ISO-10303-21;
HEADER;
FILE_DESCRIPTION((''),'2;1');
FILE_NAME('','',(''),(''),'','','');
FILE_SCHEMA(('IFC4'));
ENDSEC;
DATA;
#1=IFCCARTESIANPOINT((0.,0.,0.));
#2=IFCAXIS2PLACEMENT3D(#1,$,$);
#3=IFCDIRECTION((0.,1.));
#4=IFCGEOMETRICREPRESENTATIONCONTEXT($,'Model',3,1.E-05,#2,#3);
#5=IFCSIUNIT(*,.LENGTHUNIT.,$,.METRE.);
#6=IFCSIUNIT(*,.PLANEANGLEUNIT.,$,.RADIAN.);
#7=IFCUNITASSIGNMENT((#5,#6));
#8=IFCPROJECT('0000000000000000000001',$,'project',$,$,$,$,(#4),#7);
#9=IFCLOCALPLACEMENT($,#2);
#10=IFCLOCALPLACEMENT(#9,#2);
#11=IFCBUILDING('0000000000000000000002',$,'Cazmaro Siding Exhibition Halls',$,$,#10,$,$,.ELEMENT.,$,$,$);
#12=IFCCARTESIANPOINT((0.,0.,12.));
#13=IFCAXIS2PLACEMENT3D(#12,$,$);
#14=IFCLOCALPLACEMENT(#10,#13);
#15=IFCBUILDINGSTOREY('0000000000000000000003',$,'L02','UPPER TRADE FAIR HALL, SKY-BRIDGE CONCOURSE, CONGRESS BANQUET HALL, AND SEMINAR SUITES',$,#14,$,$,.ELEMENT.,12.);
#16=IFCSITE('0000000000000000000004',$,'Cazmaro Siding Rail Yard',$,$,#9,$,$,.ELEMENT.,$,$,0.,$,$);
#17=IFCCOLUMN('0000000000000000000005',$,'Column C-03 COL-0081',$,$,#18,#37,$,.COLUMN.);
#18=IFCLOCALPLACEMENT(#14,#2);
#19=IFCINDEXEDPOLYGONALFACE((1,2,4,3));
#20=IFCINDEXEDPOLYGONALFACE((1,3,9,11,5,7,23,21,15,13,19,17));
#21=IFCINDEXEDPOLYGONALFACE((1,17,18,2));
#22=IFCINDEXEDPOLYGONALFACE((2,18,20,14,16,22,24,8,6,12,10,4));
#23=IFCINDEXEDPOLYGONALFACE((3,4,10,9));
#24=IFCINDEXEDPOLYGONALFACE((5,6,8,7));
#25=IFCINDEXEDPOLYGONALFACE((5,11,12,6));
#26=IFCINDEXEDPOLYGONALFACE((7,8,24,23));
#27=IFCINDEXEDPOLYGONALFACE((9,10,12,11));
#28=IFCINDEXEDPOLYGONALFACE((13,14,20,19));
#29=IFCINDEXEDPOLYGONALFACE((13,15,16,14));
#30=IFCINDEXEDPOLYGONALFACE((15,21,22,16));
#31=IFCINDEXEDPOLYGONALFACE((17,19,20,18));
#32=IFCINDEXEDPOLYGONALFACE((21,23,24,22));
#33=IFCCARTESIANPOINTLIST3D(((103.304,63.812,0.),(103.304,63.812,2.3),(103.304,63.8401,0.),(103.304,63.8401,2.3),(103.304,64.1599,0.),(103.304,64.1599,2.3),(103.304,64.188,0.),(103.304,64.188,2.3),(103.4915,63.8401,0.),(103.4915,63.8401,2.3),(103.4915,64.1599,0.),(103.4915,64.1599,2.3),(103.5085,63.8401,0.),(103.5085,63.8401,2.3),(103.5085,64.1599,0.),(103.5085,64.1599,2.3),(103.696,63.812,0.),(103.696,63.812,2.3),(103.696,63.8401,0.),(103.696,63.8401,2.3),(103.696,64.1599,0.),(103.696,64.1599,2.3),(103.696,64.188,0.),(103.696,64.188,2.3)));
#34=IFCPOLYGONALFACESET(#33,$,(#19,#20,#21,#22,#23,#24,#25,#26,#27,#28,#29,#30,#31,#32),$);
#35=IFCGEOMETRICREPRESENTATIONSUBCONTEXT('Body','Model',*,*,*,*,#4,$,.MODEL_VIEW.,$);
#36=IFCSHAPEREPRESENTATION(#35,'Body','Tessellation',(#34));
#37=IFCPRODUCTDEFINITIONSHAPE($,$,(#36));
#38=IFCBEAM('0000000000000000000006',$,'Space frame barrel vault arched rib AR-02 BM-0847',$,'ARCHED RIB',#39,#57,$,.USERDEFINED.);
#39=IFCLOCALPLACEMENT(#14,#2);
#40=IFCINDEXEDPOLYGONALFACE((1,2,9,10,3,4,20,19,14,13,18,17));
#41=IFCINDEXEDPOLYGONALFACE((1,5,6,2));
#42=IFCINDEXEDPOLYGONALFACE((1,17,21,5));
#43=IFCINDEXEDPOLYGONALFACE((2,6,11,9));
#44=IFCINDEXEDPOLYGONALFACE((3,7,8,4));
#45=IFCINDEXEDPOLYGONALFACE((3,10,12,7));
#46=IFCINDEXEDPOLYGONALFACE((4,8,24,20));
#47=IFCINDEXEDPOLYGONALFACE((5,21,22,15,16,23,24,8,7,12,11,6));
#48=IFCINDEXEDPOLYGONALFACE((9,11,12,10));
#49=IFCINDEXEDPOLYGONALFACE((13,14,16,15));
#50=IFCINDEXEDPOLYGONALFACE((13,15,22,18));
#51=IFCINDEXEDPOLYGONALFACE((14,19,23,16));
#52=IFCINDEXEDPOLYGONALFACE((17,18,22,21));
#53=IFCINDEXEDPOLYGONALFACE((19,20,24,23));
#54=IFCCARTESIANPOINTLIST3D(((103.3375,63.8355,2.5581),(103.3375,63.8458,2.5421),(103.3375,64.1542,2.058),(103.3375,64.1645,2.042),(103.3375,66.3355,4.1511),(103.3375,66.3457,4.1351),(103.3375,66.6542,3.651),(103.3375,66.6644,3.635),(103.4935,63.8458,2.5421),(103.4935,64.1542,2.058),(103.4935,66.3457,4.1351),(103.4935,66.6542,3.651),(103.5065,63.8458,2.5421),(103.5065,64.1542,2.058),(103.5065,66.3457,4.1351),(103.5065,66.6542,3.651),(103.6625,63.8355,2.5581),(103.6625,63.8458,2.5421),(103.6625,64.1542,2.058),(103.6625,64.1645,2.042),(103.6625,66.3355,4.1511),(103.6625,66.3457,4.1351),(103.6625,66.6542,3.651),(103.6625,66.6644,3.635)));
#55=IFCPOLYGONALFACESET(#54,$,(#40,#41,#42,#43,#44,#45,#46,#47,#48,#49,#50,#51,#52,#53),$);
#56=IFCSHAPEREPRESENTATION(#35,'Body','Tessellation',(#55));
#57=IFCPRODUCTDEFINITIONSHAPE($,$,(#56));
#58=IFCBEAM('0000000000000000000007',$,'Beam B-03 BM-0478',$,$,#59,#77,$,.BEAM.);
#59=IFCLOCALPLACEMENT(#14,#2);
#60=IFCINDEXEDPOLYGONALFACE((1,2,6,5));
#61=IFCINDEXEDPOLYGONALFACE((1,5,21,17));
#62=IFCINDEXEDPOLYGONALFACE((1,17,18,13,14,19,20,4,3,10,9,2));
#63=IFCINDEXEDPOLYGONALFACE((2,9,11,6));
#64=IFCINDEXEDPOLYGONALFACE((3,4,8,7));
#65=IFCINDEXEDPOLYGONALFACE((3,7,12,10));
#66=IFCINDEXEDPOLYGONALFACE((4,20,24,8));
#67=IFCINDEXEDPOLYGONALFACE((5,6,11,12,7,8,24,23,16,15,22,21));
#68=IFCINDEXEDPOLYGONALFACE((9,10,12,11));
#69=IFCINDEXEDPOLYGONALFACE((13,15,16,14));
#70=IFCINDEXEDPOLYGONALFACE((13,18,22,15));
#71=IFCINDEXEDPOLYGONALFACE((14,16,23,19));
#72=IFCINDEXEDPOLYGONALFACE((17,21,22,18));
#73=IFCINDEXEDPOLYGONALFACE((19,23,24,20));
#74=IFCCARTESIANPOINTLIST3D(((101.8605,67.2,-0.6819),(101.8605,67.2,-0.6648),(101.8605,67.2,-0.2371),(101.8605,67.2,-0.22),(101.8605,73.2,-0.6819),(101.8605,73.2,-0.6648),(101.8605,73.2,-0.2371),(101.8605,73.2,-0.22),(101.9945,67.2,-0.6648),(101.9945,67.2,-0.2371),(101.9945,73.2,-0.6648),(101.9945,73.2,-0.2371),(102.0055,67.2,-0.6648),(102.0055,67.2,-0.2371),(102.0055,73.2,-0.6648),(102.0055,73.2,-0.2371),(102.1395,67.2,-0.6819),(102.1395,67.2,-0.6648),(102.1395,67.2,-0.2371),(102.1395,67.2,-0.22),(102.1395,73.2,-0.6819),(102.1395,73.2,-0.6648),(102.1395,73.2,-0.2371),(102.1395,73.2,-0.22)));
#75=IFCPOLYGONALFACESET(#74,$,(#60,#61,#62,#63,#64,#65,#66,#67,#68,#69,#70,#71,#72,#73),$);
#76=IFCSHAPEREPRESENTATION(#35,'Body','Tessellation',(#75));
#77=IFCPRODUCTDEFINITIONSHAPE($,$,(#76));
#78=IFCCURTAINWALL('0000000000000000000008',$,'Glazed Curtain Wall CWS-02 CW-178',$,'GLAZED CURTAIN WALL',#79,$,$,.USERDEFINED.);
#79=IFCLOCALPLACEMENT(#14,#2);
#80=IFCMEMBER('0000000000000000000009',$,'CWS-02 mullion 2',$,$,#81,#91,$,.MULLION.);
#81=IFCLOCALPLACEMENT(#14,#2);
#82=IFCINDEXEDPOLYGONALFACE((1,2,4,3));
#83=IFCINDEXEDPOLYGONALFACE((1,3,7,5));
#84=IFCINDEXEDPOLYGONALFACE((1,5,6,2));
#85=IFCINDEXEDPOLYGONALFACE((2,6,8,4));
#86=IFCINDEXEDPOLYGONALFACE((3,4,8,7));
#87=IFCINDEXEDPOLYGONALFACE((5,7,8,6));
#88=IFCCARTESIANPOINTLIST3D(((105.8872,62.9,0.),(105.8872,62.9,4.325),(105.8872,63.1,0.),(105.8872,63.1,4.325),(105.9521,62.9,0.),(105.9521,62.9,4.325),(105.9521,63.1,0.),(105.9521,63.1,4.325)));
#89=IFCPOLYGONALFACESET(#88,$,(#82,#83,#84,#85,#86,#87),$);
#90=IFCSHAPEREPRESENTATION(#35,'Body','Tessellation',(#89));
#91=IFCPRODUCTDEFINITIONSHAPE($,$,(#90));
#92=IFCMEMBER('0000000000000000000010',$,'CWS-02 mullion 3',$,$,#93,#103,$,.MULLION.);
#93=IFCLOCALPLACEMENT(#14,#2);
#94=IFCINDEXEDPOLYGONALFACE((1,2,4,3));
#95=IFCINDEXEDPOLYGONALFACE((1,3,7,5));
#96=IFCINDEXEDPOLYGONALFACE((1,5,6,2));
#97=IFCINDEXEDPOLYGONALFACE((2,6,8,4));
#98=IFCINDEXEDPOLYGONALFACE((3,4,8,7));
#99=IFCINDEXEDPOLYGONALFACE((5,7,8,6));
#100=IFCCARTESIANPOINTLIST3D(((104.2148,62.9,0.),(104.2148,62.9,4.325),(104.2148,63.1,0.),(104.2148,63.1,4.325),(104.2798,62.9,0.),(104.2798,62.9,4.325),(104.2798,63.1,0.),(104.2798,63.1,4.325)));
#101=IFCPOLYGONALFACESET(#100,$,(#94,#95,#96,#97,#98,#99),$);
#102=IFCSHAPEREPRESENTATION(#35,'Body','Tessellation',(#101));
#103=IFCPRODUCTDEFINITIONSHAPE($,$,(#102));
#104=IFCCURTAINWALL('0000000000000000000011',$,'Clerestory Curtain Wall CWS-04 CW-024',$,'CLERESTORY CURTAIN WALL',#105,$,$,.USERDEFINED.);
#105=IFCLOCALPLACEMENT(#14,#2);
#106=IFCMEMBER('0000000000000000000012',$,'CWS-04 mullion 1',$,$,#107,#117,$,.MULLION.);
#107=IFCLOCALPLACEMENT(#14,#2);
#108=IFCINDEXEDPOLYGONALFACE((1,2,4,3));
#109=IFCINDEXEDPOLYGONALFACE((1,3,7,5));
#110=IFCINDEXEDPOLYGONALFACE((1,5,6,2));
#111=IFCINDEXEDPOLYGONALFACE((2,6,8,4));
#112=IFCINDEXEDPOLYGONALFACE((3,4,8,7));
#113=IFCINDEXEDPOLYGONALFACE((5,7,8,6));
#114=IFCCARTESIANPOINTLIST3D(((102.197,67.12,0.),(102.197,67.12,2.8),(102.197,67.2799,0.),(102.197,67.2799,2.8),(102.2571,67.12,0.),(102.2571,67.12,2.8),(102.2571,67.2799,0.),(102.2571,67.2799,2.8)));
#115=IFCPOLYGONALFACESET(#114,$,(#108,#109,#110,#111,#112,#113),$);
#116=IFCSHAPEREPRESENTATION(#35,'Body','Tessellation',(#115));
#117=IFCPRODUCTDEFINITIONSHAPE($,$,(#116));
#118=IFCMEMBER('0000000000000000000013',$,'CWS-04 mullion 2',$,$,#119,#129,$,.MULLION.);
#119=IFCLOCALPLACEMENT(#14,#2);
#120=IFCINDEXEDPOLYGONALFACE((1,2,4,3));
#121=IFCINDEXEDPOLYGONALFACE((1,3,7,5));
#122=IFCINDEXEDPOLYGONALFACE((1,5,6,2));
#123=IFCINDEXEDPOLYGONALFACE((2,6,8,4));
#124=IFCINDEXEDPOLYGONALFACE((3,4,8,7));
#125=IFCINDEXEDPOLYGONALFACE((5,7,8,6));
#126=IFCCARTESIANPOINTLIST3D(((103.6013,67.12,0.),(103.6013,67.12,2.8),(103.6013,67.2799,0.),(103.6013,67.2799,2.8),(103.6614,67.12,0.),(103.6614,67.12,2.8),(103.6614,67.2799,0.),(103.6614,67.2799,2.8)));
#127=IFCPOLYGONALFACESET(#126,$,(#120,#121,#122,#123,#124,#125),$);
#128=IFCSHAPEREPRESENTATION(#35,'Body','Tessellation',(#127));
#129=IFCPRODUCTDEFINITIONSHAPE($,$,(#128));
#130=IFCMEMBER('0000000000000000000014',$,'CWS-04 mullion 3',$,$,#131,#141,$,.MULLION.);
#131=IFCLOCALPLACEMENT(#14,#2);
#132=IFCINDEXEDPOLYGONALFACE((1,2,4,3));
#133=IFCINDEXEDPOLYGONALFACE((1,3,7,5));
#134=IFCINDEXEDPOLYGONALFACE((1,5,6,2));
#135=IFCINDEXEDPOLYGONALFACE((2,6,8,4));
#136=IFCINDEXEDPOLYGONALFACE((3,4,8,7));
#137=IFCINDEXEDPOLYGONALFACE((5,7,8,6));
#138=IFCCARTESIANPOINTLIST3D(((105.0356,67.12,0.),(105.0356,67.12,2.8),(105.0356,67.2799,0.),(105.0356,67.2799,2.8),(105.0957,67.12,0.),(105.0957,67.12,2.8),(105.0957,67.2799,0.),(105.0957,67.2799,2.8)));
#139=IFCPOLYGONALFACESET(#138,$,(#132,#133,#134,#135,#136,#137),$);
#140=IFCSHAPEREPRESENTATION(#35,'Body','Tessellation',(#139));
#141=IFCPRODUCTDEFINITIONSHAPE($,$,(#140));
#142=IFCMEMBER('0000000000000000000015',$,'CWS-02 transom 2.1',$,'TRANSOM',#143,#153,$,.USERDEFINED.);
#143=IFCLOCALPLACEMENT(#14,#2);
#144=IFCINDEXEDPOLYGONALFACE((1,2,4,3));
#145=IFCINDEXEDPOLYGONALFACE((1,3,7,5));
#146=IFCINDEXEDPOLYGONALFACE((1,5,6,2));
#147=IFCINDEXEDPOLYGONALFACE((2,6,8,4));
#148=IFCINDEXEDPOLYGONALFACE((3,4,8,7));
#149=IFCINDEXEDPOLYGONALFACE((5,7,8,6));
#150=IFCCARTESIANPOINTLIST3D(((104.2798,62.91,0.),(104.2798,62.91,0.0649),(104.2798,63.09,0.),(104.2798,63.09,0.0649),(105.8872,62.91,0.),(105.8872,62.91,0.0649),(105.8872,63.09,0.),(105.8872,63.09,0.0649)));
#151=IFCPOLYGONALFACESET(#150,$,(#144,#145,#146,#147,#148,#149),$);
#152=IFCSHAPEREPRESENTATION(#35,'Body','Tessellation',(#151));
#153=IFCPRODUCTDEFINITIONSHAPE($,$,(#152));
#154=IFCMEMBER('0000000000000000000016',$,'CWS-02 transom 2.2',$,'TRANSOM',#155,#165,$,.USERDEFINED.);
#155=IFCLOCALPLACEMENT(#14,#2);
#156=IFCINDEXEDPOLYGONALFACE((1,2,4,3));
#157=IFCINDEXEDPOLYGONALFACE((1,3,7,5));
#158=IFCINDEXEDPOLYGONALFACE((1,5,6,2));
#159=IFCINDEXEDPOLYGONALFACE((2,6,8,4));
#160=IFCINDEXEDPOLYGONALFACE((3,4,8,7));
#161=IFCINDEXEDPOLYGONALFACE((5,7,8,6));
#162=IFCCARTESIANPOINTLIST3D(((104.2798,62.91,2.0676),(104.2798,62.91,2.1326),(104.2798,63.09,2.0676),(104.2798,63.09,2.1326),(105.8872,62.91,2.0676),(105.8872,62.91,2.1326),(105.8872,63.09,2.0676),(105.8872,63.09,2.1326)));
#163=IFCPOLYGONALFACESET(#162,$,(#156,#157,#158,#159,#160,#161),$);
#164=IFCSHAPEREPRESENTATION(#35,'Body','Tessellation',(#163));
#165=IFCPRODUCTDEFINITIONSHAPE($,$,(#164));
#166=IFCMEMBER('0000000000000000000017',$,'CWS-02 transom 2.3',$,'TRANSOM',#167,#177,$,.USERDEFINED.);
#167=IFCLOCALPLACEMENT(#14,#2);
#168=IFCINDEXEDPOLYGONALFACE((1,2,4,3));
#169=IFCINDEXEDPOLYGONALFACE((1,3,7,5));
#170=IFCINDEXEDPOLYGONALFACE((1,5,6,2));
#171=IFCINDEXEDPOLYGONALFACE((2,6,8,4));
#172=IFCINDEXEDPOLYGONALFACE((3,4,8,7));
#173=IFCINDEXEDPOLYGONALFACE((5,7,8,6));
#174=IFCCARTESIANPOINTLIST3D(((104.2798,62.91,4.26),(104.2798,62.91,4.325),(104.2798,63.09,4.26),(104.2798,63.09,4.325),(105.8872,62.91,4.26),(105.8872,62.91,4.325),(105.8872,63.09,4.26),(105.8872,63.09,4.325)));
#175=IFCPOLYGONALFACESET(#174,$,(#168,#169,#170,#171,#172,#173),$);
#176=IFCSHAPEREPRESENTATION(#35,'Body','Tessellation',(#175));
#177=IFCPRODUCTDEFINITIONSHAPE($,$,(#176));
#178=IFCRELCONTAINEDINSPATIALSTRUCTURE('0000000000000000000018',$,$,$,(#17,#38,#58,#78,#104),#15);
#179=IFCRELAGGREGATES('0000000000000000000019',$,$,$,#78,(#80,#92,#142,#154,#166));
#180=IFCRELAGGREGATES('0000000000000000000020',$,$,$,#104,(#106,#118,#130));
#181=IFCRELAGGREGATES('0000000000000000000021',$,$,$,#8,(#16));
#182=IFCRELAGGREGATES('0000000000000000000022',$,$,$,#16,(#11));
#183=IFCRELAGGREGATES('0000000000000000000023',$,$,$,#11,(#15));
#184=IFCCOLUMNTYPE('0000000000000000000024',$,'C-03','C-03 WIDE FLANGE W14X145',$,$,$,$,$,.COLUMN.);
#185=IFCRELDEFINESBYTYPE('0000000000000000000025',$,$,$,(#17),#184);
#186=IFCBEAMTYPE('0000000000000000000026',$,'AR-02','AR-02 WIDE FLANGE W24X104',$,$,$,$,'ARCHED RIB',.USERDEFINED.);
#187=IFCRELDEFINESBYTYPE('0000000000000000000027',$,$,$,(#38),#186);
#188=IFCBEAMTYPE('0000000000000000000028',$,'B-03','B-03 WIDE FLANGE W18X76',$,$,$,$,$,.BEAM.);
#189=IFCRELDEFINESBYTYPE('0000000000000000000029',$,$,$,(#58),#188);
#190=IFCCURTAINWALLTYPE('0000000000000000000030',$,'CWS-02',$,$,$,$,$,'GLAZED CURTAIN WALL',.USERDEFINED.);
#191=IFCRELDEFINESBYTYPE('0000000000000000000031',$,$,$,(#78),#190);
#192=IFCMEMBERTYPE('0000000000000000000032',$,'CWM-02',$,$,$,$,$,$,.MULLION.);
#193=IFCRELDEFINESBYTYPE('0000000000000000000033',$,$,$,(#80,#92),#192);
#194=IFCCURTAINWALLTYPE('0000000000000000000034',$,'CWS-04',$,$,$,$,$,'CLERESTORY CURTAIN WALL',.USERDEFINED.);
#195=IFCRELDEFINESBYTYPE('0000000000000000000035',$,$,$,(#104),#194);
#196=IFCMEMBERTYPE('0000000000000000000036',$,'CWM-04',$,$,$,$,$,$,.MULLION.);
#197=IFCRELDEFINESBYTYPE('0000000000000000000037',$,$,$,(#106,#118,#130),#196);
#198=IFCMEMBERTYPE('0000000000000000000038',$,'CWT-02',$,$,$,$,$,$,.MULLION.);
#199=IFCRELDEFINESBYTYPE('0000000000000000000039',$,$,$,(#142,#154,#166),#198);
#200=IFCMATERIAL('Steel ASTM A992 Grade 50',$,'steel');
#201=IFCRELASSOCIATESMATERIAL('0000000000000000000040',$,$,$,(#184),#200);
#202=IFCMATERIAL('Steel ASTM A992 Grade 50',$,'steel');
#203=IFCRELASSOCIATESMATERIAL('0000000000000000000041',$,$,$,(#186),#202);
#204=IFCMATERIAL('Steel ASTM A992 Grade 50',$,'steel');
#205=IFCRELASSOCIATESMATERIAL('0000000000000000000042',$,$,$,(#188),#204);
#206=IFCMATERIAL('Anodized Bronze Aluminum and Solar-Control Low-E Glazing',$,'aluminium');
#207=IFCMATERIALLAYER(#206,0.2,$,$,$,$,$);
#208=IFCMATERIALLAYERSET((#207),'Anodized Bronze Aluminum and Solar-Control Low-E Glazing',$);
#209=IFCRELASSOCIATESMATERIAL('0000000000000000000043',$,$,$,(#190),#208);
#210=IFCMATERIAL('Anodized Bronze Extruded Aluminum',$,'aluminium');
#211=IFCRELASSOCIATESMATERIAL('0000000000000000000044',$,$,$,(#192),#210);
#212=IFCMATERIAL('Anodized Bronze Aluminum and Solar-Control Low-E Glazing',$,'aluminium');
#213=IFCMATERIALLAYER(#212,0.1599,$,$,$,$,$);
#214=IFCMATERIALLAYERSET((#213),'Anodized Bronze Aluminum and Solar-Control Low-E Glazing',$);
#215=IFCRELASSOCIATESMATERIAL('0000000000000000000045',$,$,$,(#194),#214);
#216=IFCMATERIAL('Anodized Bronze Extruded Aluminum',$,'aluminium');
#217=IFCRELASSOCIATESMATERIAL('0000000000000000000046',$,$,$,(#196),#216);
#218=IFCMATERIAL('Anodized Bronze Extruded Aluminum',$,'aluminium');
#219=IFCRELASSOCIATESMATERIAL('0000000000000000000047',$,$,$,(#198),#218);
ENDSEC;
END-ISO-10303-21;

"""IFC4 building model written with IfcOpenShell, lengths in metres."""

from ifc_helpers import new_model, si_unit, direction, frame, origin, origin_2d, place, context, subcontext, project, spatial, rectangle, i_section, extrude, material, layer, layer_set, material_profile, profile_set, type_object, element, aggregate, save


model = new_model("IFC4")

# Units and contexts
model_context = context("Model", 3, precision=1e-05, world=origin(), true_north=direction((0.0, 1.0)))
body_context = subcontext(model_context, "Body", "Model", "MODEL_VIEW")
ifc_project = project(units=[si_unit("LENGTHUNIT", "METRE"), si_unit("PLANEANGLEUNIT", "RADIAN")], contexts=[model_context])

# Site, building, storey
site_placement = place(None, origin())
site = spatial("IfcSite", under=ifc_project, at=site_placement, Name="Cazmaro Siding Rail Yard", CompositionType="ELEMENT", RefElevation=0.0)
building_placement = place(site_placement, origin())
building = spatial("IfcBuilding", under=site, at=building_placement, Name="Cazmaro Siding Exhibition Halls", CompositionType="ELEMENT")
storey_placement = place(building_placement, frame((0.0, 0.0, 12.0)))
storey = spatial("IfcBuildingStorey", under=building, at=storey_placement, Name="L02", Description="UPPER TRADE FAIR HALL, SKY-BRIDGE CONCOURSE, CONGRESS BANQUET HALL, AND SEMINAR SUITES", CompositionType="ELEMENT", Elevation=12.0)

# Column
ifc_material_1 = material(Name="Steel ASTM A992 Grade 50", Category="steel")
ifc_material_profile_1 = material_profile(ifc_material_1, i_section(OverallWidth=0.3921, OverallDepth=0.376, WebThickness=0.0171, FlangeThickness=0.0281, at=origin_2d()), Name="W14X145")
ifc_profile_set_1 = profile_set([ifc_material_profile_1], Name="Steel ASTM A992 Grade 50")
column_type = type_object("IfcColumnType", Name="C-03", Description="C-03 WIDE FLANGE W14X145", PredefinedType="COLUMN", material=ifc_profile_set_1)
column_placement = place(storey_placement, frame((103.5, 64.0, 0.0), z_axis=(0.0, 0.0, 1.0), x_axis=(1.0, 0.0, 0.0)))
element("IfcColumn", 1, at=column_placement, inside=storey, type_object=column_type, Name="Column C-03 COL-0081", PredefinedType="COLUMN", context=body_context, shape_type="SweptSolid", body=[
    extrude(i_section(OverallWidth=0.3921, OverallDepth=0.376, WebThickness=0.0171, FlangeThickness=0.0281, at=origin_2d()), origin(), (0.0, 0.0, 1.0), 2.3),
])

# Beams
ifc_material_2 = material(Name="Steel ASTM A992 Grade 50", Category="steel")
ifc_material_profile_2 = material_profile(ifc_material_2, i_section(OverallWidth=0.325, OverallDepth=0.6121, WebThickness=0.0129, FlangeThickness=0.019, at=origin_2d()), Name="W24X104")
ifc_profile_set_2 = profile_set([ifc_material_profile_2], Name="Steel ASTM A992 Grade 50")
beam_type_1 = type_object("IfcBeamType", Name="AR-02", Description="AR-02 WIDE FLANGE W24X104", ElementType="ARCHED RIB", PredefinedType="USERDEFINED", material=ifc_profile_set_2)
beam_1_placement = place(storey_placement, frame((103.5, 64.0, 2.3), z_axis=(0.0, 0.843339, 0.537382), x_axis=(-1.0, 0.0, 0.0)))
element("IfcBeam", 2, at=beam_1_placement, inside=storey, type_object=beam_type_1, Name="Space frame barrel vault arched rib AR-02 BM-0847", ObjectType="ARCHED RIB", PredefinedType="USERDEFINED", context=body_context, shape_type="SweptSolid", body=[
    extrude(i_section(OverallWidth=0.325, OverallDepth=0.6121, WebThickness=0.0129, FlangeThickness=0.019, at=origin_2d()), origin(), (0.0, 0.0, 1.0), 2.9644),
])
ifc_material_3 = material(Name="Steel ASTM A992 Grade 50", Category="steel")
ifc_material_profile_3 = material_profile(ifc_material_3, i_section(OverallWidth=0.2791, OverallDepth=0.4619, WebThickness=0.011, FlangeThickness=0.0171, at=origin_2d()), Name="W18X76")
ifc_profile_set_3 = profile_set([ifc_material_profile_3], Name="Steel ASTM A992 Grade 50")
beam_type_2 = type_object("IfcBeamType", Name="B-03", Description="B-03 WIDE FLANGE W18X76", PredefinedType="BEAM", material=ifc_profile_set_3)
beam_2_placement = place(storey_placement, frame((102.0, 67.2, -0.4509), z_axis=(0.0, 1.0, 0.0), x_axis=(-1.0, 0.0, 0.0)))
element("IfcBeam", 3, at=beam_2_placement, inside=storey, type_object=beam_type_2, Name="Beam B-03 BM-0478", PredefinedType="BEAM", context=body_context, shape_type="SweptSolid", body=[
    extrude(i_section(OverallWidth=0.2791, OverallDepth=0.4619, WebThickness=0.011, FlangeThickness=0.0171, at=origin_2d()), origin(), (0.0, 0.0, 1.0), 6.0),
])

# Curtain walls, members
ifc_material_4 = material(Name="Anodized Bronze Aluminum and Solar-Control Low-E Glazing", Category="aluminium")
ifc_layer_1 = layer(ifc_material_4, 0.2)
ifc_layer_set_1 = layer_set([ifc_layer_1], Name="Anodized Bronze Aluminum and Solar-Control Low-E Glazing")
curtain_wall_type_1 = type_object("IfcCurtainWallType", Name="CWS-02", ElementType="GLAZED CURTAIN WALL", PredefinedType="USERDEFINED", material=ifc_layer_set_1)
curtain_wall_1_placement = place(storey_placement, origin())
curtain_wall_1 = element("IfcCurtainWall", 4, at=curtain_wall_1_placement, inside=storey, type_object=curtain_wall_type_1, Name="Glazed Curtain Wall CWS-02 CW-178", ObjectType="GLAZED CURTAIN WALL", PredefinedType="USERDEFINED")
ifc_material_5 = material(Name="Anodized Bronze Extruded Aluminum", Category="aluminium")
ifc_material_profile_4 = material_profile(ifc_material_5, rectangle(XDim=0.2, YDim=0.0649, at=origin_2d()), Name="CWM-02")
ifc_profile_set_4 = profile_set([ifc_material_profile_4], Name="Anodized Bronze Extruded Aluminum")
member_type_1 = type_object("IfcMemberType", Name="CWM-02", PredefinedType="MULLION", material=ifc_profile_set_4)
member_1_placement = place(storey_placement, frame((105.9197, 63.0, 0.0), z_axis=(0.0, 0.0, 1.0), x_axis=(0.0, -1.0, 0.0)))
member_1 = element("IfcMember", 5, at=member_1_placement, type_object=member_type_1, Name="CWS-02 mullion 2", PredefinedType="MULLION", context=body_context, shape_type="SweptSolid", body=[
    extrude(rectangle(XDim=0.2, YDim=0.0649, at=origin_2d()), origin(), (0.0, 0.0, 1.0), 4.325),
])
member_2_placement = place(storey_placement, frame((104.2473, 63.0, 0.0), z_axis=(0.0, 0.0, 1.0), x_axis=(0.0, -1.0, 0.0)))
member_2 = element("IfcMember", 6, at=member_2_placement, type_object=member_type_1, Name="CWS-02 mullion 3", PredefinedType="MULLION", context=body_context, shape_type="SweptSolid", body=[
    extrude(rectangle(XDim=0.2, YDim=0.0649, at=origin_2d()), origin(), (0.0, 0.0, 1.0), 4.325),
])
ifc_material_6 = material(Name="Anodized Bronze Aluminum and Solar-Control Low-E Glazing", Category="aluminium")
ifc_layer_2 = layer(ifc_material_6, 0.1599)
ifc_layer_set_2 = layer_set([ifc_layer_2], Name="Anodized Bronze Aluminum and Solar-Control Low-E Glazing")
curtain_wall_type_2 = type_object("IfcCurtainWallType", Name="CWS-04", ElementType="CLERESTORY CURTAIN WALL", PredefinedType="USERDEFINED", material=ifc_layer_set_2)
curtain_wall_2_placement = place(storey_placement, origin())
curtain_wall_2 = element("IfcCurtainWall", 7, at=curtain_wall_2_placement, inside=storey, type_object=curtain_wall_type_2, Name="Clerestory Curtain Wall CWS-04 CW-024", ObjectType="CLERESTORY CURTAIN WALL", PredefinedType="USERDEFINED")
ifc_material_7 = material(Name="Anodized Bronze Extruded Aluminum", Category="aluminium")
ifc_material_profile_5 = material_profile(ifc_material_7, rectangle(XDim=0.1599, YDim=0.0601, at=origin_2d()), Name="CWM-04")
ifc_profile_set_5 = profile_set([ifc_material_profile_5], Name="Anodized Bronze Extruded Aluminum")
member_type_2 = type_object("IfcMemberType", Name="CWM-04", PredefinedType="MULLION", material=ifc_profile_set_5)
member_3_placement = place(storey_placement, frame((102.2271, 67.2, 0.0), z_axis=(0.0, 0.0, 1.0), x_axis=(0.0, 1.0, 0.0)))
member_3 = element("IfcMember", 8, at=member_3_placement, type_object=member_type_2, Name="CWS-04 mullion 1", PredefinedType="MULLION", context=body_context, shape_type="SweptSolid", body=[
    extrude(rectangle(XDim=0.1599, YDim=0.0601, at=origin_2d()), origin(), (0.0, 0.0, 1.0), 2.8),
])
member_4_placement = place(storey_placement, frame((103.6313, 67.2, 0.0), z_axis=(0.0, 0.0, 1.0), x_axis=(0.0, 1.0, 0.0)))
member_4 = element("IfcMember", 9, at=member_4_placement, type_object=member_type_2, Name="CWS-04 mullion 2", PredefinedType="MULLION", context=body_context, shape_type="SweptSolid", body=[
    extrude(rectangle(XDim=0.1599, YDim=0.0601, at=origin_2d()), origin(), (0.0, 0.0, 1.0), 2.8),
])
member_5_placement = place(storey_placement, frame((105.0657, 67.2, 0.0), z_axis=(0.0, 0.0, 1.0), x_axis=(0.0, 1.0, 0.0)))
member_5 = element("IfcMember", 10, at=member_5_placement, type_object=member_type_2, Name="CWS-04 mullion 3", PredefinedType="MULLION", context=body_context, shape_type="SweptSolid", body=[
    extrude(rectangle(XDim=0.1599, YDim=0.0601, at=origin_2d()), origin(), (0.0, 0.0, 1.0), 2.8),
])

# Members
ifc_material_8 = material(Name="Anodized Bronze Extruded Aluminum", Category="aluminium")
ifc_material_profile_6 = material_profile(ifc_material_8, rectangle(XDim=0.1799, YDim=0.0649, at=origin_2d()), Name="CWT-02")
ifc_profile_set_6 = profile_set([ifc_material_profile_6], Name="Anodized Bronze Extruded Aluminum")
member_type_3 = type_object("IfcMemberType", Name="CWT-02", PredefinedType="MULLION", material=ifc_profile_set_6)
member_6_placement = place(storey_placement, frame((105.8872, 63.0, 0.0325), z_axis=(-1.0, 0.0, 0.0), x_axis=(0.0, -1.0, 0.0)))
member_6 = element("IfcMember", 11, at=member_6_placement, type_object=member_type_3, Name="CWS-02 transom 2.1", ObjectType="TRANSOM", PredefinedType="USERDEFINED", context=body_context, shape_type="SweptSolid", body=[
    extrude(rectangle(XDim=0.1799, YDim=0.0649, at=origin_2d()), origin(), (0.0, 0.0, 1.0), 1.6074),
])
member_7_placement = place(storey_placement, frame((105.8872, 63.0, 2.1001), z_axis=(-1.0, 0.0, 0.0), x_axis=(0.0, -1.0, 0.0)))
member_7 = element("IfcMember", 12, at=member_7_placement, type_object=member_type_3, Name="CWS-02 transom 2.2", ObjectType="TRANSOM", PredefinedType="USERDEFINED", context=body_context, shape_type="SweptSolid", body=[
    extrude(rectangle(XDim=0.1799, YDim=0.0649, at=origin_2d()), origin(), (0.0, 0.0, 1.0), 1.6074),
])
member_8_placement = place(storey_placement, frame((105.8872, 63.0, 4.2925), z_axis=(-1.0, 0.0, 0.0), x_axis=(0.0, -1.0, 0.0)))
member_8 = element("IfcMember", 13, at=member_8_placement, type_object=member_type_3, Name="CWS-02 transom 2.3", ObjectType="TRANSOM", PredefinedType="USERDEFINED", context=body_context, shape_type="SweptSolid", body=[
    extrude(rectangle(XDim=0.1799, YDim=0.0649, at=origin_2d()), origin(), (0.0, 0.0, 1.0), 1.6074),
])

aggregate(curtain_wall_1, [member_1, member_2, member_6, member_7, member_8])
aggregate(curtain_wall_2, [member_3, member_4, member_5])

save(model, "model.ifc")
